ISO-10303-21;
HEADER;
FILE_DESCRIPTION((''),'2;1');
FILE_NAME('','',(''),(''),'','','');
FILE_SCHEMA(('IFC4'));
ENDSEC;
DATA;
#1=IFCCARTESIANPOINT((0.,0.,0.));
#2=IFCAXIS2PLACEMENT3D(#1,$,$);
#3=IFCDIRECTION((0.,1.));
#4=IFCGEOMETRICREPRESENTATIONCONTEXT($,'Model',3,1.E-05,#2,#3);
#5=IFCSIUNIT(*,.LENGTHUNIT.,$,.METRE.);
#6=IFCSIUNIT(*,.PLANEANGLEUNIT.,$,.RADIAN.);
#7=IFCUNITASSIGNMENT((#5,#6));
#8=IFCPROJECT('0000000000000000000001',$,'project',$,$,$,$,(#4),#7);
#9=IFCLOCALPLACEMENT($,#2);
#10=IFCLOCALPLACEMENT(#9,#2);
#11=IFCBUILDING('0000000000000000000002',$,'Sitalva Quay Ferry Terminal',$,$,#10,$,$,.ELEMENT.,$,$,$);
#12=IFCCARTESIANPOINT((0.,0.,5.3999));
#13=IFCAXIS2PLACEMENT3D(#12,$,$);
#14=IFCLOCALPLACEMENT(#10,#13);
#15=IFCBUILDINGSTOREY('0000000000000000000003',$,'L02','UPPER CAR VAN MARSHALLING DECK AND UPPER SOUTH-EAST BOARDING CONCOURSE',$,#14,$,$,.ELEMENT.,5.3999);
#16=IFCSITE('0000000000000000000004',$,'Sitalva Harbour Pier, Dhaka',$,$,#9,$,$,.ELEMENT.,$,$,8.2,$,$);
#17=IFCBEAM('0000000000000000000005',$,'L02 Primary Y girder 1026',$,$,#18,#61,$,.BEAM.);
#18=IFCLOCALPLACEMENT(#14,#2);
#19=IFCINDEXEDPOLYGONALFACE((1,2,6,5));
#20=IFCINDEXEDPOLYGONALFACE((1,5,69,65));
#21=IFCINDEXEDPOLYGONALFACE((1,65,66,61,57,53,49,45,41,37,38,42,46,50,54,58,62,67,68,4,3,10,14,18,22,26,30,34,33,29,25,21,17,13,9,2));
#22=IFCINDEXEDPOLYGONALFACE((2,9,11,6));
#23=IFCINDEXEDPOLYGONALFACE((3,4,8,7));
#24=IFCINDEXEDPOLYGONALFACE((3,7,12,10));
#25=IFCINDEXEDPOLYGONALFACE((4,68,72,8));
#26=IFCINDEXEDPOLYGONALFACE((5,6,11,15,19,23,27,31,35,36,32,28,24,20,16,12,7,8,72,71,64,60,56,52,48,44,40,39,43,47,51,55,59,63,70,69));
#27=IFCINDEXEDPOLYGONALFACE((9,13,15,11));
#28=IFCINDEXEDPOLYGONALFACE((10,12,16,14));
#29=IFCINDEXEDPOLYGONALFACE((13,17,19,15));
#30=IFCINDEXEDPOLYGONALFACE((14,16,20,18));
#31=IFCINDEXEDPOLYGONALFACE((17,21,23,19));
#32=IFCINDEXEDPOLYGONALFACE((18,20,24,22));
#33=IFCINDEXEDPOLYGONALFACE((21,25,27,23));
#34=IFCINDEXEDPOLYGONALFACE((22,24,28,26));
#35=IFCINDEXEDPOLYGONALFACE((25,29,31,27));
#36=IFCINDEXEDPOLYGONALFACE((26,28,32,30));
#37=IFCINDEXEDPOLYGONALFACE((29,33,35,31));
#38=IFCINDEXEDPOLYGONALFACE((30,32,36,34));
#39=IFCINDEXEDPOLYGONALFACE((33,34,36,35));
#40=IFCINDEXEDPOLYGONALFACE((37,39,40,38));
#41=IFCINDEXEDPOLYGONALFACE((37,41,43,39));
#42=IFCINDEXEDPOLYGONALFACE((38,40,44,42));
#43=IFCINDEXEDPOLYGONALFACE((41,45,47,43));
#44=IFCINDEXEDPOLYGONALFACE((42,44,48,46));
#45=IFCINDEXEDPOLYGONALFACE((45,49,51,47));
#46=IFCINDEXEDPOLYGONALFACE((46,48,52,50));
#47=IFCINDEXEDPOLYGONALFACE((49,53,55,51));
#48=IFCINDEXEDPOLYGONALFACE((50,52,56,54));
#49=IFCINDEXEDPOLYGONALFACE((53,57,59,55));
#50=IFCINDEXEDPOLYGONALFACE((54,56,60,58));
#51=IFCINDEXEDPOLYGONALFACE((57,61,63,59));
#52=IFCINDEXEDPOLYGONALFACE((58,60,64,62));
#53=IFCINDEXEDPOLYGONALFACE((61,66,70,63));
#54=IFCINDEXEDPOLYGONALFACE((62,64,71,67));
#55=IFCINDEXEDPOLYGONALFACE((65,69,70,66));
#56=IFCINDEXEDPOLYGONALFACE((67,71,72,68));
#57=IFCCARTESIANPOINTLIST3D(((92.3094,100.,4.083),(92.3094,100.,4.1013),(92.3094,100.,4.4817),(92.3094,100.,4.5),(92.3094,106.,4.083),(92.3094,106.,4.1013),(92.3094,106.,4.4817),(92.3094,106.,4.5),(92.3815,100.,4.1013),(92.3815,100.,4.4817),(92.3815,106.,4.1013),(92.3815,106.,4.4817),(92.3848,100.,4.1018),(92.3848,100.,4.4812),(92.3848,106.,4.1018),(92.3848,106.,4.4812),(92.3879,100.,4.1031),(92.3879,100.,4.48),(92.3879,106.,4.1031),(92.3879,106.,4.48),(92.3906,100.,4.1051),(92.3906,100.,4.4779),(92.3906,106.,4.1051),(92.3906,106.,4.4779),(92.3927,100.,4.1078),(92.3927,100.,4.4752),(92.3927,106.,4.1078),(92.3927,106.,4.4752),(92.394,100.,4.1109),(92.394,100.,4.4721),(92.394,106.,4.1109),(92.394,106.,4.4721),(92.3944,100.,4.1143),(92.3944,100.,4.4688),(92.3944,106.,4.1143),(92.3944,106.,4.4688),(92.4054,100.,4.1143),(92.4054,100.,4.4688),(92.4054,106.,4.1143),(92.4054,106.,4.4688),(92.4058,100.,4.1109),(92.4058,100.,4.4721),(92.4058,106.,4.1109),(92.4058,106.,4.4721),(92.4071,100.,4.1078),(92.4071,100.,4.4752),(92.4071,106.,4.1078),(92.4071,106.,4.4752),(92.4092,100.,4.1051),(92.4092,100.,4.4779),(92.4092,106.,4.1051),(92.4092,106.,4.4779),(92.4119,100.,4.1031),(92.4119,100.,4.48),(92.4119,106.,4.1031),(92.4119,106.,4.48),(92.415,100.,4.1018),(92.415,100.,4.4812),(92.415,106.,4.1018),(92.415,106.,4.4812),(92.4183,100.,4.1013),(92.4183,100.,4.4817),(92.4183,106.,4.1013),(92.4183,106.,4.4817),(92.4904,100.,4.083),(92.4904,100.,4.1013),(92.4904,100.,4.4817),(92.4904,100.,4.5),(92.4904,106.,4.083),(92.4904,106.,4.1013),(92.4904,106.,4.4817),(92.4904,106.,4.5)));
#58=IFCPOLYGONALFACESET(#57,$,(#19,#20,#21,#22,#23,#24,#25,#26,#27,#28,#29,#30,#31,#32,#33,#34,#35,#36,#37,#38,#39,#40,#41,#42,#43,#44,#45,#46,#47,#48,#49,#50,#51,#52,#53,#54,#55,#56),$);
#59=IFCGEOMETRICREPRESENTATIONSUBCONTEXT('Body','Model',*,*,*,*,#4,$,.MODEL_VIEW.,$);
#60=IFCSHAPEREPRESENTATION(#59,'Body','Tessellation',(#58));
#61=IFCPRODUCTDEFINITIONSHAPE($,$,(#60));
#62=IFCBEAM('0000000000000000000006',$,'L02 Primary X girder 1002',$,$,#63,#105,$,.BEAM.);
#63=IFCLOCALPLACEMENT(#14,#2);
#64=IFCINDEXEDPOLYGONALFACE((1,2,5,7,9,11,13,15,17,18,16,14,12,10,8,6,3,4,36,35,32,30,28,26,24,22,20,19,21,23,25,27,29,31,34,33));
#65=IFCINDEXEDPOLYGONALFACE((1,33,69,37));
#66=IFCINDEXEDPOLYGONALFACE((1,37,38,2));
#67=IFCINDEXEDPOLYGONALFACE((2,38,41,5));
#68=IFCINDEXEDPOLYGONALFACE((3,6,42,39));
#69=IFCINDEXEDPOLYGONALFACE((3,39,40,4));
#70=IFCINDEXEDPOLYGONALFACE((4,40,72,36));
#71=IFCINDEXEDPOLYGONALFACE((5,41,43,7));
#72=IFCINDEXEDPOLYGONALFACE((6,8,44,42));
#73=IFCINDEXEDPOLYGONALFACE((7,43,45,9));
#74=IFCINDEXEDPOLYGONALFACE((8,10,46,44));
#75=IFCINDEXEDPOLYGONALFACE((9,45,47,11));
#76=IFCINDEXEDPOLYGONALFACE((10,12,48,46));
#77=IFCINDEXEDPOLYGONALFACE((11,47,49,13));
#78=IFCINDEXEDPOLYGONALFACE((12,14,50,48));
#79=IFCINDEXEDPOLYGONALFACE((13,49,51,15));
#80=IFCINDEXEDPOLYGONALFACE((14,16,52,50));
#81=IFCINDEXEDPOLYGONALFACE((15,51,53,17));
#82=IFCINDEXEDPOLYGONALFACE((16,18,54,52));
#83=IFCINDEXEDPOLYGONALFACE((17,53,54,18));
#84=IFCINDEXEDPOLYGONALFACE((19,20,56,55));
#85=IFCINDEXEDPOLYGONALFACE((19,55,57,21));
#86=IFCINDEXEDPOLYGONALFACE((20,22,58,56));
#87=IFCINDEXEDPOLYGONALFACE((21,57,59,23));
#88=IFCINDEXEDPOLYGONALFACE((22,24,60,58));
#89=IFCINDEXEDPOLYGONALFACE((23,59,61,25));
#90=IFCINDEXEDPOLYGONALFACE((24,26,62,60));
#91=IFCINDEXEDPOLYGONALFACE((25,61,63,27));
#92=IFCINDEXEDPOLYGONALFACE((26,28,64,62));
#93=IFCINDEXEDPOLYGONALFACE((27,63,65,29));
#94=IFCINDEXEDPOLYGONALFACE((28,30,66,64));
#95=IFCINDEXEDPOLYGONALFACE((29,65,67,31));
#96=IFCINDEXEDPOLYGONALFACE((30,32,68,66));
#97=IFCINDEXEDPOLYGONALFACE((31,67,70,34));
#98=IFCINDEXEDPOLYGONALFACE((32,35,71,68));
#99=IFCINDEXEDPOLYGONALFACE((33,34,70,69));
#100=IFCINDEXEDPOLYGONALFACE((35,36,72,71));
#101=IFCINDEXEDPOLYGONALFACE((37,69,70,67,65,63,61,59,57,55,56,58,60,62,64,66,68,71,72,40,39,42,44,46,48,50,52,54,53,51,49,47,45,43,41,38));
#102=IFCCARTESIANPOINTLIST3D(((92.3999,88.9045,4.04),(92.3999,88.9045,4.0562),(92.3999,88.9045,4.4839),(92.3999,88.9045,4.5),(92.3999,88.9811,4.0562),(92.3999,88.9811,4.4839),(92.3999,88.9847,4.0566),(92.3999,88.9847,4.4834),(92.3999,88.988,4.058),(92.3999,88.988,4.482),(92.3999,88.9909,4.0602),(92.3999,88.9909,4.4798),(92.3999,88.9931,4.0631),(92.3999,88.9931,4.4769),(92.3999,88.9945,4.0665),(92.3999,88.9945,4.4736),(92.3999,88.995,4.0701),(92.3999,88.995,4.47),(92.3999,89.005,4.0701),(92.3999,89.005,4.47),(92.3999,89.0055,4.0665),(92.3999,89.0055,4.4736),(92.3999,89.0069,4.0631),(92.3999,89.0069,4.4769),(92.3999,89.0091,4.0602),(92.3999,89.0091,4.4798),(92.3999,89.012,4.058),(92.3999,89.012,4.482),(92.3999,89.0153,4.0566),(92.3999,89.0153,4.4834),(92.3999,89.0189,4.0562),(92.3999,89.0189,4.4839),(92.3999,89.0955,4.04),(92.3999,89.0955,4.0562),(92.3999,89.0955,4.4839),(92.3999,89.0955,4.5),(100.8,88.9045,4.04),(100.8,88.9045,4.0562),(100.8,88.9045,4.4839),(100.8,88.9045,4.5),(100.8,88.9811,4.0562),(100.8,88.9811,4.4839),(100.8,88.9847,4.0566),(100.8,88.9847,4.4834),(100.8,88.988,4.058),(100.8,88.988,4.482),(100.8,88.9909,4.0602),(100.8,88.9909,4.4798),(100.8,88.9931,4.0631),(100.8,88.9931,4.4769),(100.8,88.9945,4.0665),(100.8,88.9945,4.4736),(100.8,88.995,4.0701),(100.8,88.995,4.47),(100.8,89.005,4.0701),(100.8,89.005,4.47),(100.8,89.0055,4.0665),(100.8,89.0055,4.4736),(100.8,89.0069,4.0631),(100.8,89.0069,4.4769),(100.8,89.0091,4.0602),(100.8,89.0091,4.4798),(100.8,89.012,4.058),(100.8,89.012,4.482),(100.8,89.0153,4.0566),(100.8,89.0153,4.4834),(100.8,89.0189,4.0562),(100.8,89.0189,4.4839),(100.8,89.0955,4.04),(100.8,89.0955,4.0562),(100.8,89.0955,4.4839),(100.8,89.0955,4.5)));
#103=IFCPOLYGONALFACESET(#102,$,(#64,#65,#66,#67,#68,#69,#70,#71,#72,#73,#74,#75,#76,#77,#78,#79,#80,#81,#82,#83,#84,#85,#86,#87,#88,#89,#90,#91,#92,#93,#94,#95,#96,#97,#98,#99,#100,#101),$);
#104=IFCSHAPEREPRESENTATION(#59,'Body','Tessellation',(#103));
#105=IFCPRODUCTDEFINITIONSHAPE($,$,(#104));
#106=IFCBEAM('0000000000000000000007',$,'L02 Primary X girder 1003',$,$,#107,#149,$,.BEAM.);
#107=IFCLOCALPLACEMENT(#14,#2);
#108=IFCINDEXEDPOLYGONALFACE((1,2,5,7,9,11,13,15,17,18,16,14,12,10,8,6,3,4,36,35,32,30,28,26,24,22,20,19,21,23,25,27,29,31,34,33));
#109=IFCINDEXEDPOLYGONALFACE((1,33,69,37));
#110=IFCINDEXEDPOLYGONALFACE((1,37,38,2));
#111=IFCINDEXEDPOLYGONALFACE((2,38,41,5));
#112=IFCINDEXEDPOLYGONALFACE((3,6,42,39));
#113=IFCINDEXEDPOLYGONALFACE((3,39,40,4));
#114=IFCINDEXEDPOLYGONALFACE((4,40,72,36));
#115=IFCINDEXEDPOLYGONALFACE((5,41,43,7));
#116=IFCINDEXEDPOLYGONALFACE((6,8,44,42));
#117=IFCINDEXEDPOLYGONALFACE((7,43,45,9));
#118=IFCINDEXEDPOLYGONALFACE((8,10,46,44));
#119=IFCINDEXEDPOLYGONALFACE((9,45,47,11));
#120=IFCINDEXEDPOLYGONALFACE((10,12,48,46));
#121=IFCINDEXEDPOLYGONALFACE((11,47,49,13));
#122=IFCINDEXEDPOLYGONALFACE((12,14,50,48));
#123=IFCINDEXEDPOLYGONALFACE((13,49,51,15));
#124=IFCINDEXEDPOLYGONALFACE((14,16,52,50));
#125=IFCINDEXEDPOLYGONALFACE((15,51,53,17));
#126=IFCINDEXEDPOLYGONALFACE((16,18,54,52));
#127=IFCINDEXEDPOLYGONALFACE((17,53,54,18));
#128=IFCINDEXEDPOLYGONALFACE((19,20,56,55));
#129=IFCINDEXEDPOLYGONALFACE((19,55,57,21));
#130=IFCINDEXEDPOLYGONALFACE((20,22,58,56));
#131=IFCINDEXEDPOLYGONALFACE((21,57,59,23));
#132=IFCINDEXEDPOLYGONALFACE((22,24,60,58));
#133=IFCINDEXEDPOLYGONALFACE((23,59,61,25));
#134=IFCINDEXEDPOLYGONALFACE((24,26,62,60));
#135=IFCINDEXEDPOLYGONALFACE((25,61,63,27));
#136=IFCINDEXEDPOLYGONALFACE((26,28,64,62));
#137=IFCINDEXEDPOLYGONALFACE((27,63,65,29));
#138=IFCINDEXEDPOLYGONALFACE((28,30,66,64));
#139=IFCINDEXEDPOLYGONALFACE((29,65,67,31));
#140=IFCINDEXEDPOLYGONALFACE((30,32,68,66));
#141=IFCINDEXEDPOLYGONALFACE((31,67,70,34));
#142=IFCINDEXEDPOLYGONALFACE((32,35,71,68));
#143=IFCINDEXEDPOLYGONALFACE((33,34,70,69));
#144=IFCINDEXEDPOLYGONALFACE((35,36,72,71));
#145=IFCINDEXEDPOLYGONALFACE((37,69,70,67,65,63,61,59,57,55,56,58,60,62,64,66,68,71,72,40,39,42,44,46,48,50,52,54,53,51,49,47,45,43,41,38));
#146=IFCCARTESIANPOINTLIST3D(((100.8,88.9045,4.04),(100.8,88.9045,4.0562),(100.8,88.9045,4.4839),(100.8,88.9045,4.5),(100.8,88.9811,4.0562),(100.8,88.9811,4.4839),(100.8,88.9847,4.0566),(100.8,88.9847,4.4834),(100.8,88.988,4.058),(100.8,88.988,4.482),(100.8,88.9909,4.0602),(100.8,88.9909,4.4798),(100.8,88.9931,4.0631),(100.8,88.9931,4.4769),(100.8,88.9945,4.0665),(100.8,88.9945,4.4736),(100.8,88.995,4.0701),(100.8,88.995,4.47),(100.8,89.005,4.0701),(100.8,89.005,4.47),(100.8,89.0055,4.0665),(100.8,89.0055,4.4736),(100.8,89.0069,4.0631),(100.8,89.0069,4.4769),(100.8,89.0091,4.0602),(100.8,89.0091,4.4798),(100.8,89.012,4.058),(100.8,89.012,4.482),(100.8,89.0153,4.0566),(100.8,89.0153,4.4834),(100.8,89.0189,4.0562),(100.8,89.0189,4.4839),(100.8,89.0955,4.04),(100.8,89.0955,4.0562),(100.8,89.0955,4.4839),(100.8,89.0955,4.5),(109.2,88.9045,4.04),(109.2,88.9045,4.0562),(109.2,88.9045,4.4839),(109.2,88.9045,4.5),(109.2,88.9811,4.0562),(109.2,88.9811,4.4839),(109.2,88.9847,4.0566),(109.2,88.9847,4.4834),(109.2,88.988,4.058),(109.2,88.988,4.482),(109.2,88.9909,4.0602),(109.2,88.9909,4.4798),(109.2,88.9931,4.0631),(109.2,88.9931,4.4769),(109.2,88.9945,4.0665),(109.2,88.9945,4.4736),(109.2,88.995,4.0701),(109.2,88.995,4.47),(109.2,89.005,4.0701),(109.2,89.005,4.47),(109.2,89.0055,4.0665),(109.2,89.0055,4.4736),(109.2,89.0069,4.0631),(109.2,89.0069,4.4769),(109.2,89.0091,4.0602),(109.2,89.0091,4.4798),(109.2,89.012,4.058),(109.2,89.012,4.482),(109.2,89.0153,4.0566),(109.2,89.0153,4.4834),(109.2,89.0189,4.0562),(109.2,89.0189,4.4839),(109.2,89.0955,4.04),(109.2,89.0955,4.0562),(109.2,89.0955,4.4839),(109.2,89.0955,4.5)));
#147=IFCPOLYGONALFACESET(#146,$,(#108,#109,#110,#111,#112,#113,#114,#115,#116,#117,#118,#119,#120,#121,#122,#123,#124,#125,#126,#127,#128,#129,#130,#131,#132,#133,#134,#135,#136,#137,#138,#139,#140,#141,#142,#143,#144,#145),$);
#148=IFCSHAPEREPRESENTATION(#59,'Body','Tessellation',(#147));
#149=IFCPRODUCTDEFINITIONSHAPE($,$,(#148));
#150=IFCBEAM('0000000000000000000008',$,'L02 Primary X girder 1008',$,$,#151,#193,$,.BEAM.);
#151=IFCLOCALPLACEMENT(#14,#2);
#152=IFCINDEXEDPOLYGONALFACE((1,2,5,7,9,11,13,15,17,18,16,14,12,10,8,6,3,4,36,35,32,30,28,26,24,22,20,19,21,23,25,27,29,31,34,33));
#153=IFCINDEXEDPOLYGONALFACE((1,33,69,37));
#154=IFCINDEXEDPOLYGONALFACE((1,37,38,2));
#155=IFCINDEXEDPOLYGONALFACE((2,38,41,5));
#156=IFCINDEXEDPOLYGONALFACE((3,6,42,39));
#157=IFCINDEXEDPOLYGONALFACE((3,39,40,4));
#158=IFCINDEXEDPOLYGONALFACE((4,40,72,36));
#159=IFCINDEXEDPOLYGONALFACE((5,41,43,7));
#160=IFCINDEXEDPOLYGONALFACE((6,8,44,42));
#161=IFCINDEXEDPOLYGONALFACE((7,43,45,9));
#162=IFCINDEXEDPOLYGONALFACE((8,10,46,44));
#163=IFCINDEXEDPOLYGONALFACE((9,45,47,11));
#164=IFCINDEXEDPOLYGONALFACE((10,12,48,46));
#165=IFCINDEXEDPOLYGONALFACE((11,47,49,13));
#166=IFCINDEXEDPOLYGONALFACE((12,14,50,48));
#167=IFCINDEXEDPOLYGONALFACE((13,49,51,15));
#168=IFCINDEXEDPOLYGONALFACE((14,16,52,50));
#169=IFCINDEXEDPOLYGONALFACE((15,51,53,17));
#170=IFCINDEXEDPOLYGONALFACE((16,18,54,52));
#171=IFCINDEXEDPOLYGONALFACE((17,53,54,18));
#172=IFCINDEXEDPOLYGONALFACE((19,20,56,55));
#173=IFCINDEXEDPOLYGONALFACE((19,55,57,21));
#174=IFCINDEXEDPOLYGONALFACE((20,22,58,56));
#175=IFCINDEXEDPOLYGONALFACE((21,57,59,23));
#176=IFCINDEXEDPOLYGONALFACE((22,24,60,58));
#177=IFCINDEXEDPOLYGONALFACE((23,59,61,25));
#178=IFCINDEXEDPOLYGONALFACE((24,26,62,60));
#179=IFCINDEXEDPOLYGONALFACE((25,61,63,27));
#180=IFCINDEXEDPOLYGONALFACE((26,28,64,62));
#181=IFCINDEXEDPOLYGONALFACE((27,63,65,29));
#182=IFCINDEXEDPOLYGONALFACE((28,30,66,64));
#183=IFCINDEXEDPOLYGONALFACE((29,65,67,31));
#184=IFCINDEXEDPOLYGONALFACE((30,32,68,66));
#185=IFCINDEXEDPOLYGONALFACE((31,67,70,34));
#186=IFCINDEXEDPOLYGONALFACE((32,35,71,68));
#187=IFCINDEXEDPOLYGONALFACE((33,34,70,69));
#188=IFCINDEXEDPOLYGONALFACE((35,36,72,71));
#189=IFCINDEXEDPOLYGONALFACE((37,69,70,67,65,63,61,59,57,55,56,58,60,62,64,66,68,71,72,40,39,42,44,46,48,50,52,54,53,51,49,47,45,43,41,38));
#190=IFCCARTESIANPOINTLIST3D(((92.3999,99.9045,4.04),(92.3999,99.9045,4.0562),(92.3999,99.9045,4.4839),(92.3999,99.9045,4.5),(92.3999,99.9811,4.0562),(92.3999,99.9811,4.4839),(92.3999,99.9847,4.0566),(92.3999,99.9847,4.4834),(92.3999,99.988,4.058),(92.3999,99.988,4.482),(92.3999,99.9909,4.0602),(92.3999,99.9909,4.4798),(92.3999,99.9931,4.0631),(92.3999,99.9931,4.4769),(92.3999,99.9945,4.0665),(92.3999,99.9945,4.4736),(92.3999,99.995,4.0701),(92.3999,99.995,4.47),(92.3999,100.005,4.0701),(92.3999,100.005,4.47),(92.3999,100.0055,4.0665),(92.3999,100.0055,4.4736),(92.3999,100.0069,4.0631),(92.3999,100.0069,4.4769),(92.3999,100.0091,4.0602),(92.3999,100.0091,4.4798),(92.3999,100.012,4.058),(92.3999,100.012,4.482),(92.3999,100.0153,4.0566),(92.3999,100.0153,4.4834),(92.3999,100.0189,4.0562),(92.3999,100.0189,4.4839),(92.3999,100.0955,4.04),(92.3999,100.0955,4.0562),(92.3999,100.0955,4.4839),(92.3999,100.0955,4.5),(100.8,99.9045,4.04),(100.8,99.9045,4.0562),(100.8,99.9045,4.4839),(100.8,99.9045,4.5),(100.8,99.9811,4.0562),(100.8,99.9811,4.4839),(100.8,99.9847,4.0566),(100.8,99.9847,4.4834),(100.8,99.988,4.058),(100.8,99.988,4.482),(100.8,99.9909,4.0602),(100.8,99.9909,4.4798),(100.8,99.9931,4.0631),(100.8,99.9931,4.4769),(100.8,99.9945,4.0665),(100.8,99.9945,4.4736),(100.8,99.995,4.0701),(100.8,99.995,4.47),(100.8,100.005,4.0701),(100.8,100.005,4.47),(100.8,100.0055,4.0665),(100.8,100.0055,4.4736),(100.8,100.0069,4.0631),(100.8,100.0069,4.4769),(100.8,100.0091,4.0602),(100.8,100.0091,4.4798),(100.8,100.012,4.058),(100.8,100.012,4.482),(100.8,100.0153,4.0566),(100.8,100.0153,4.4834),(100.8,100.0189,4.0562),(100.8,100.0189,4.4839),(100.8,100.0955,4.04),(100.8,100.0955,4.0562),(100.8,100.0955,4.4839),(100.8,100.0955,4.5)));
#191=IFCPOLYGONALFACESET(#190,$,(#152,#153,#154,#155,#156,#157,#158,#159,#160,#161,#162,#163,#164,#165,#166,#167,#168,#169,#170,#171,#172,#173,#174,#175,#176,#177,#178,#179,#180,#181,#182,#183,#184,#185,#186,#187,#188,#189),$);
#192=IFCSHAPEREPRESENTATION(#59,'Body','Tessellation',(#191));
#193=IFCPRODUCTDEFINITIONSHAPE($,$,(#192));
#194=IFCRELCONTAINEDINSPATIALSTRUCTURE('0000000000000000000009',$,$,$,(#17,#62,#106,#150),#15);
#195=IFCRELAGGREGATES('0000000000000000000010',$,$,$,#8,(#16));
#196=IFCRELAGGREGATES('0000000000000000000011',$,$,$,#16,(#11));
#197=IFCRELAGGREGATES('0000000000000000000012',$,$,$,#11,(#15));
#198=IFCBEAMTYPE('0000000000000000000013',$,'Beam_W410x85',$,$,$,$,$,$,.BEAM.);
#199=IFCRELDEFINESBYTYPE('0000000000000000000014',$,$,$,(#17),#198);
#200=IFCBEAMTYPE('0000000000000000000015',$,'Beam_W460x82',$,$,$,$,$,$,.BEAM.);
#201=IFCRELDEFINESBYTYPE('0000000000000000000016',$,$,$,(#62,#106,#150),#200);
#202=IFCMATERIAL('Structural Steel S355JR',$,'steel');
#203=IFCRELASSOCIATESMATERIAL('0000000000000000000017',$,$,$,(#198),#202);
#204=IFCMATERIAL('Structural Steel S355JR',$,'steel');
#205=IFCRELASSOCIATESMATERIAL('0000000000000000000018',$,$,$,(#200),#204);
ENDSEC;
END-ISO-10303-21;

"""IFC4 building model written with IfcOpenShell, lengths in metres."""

from ifc_helpers import new_model, si_unit, direction, frame, origin, origin_2d, place, context, subcontext, project, spatial, i_section, extrude, material, material_profile, profile_set, type_object, element, save


model = new_model("IFC4")

# Units and contexts
model_context = context("Model", 3, precision=1e-05, world=origin(), true_north=direction((0.0, 1.0)))
body_context = subcontext(model_context, "Body", "Model", "MODEL_VIEW")
ifc_project = project(units=[si_unit("LENGTHUNIT", "METRE"), si_unit("PLANEANGLEUNIT", "RADIAN")], contexts=[model_context])

# Site, building, storey
site_placement = place(None, origin())
site = spatial("IfcSite", under=ifc_project, at=site_placement, Name="Sitalva Harbour Pier, Dhaka", CompositionType="ELEMENT", RefElevation=8.2)
building_placement = place(site_placement, origin())
building = spatial("IfcBuilding", under=site, at=building_placement, Name="Sitalva Quay Ferry Terminal", CompositionType="ELEMENT")
storey_placement = place(building_placement, frame((0.0, 0.0, 5.3999)))
storey = spatial("IfcBuildingStorey", under=building, at=storey_placement, Name="L02", Description="UPPER CAR VAN MARSHALLING DECK AND UPPER SOUTH-EAST BOARDING CONCOURSE", CompositionType="ELEMENT", Elevation=5.3999)

# Beams
ifc_material_1 = material(Name="Structural Steel S355JR", Category="steel")
ifc_material_profile_1 = material_profile(ifc_material_1, i_section(OverallWidth=0.1809, OverallDepth=0.417, WebThickness=0.011, FlangeThickness=0.0183, FilletRadius=0.0129, at=origin_2d()), Name="W410x85")
ifc_profile_set_1 = profile_set([ifc_material_profile_1], Name="Structural Steel S355JR")
beam_type_1 = type_object("IfcBeamType", Name="Beam_W410x85", PredefinedType="BEAM", material=ifc_profile_set_1)
beam_1_placement = place(storey_placement, frame((92.3999, 100.0, 4.2915), z_axis=(0.0, 1.0, 0.0), x_axis=(-1.0, 0.0, 0.0)))
element("IfcBeam", 1, at=beam_1_placement, inside=storey, type_object=beam_type_1, Name="L02 Primary Y girder 1026", PredefinedType="BEAM", context=body_context, shape_type="SweptSolid", body=[
    extrude(i_section(OverallWidth=0.1809, OverallDepth=0.417, WebThickness=0.011, FlangeThickness=0.0183, FilletRadius=0.0129, at=origin_2d()), origin(), (0.0, 0.0, 1.0), 6.0),
])
ifc_material_2 = material(Name="Structural Steel S355JR", Category="steel")
ifc_material_profile_2 = material_profile(ifc_material_2, i_section(OverallWidth=0.1909, OverallDepth=0.46, WebThickness=0.01, FlangeThickness=0.0161, FilletRadius=0.0139, at=origin_2d()), Name="W460x82")
ifc_profile_set_2 = profile_set([ifc_material_profile_2], Name="Structural Steel S355JR")
beam_type_2 = type_object("IfcBeamType", Name="Beam_W460x82", PredefinedType="BEAM", material=ifc_profile_set_2)
beam_2_placement = place(storey_placement, frame((92.3999, 89.0, 4.27), z_axis=(1.0, 0.0, 0.0), x_axis=(0.0, 1.0, 0.0)))
element("IfcBeam", 2, at=beam_2_placement, inside=storey, type_object=beam_type_2, Name="L02 Primary X girder 1002", PredefinedType="BEAM", context=body_context, shape_type="SweptSolid", body=[
    extrude(i_section(OverallWidth=0.1909, OverallDepth=0.46, WebThickness=0.01, FlangeThickness=0.0161, FilletRadius=0.0139, at=origin_2d()), origin(), (0.0, 0.0, 1.0), 8.4001),
])
beam_3_placement = place(storey_placement, frame((100.8, 89.0, 4.27), z_axis=(1.0, 0.0, 0.0), x_axis=(0.0, 1.0, 0.0)))
element("IfcBeam", 3, at=beam_3_placement, inside=storey, type_object=beam_type_2, Name="L02 Primary X girder 1003", PredefinedType="BEAM", context=body_context, shape_type="SweptSolid", body=[
    extrude(i_section(OverallWidth=0.1909, OverallDepth=0.46, WebThickness=0.01, FlangeThickness=0.0161, FilletRadius=0.0139, at=origin_2d()), origin(), (0.0, 0.0, 1.0), 8.3999),
])
beam_4_placement = place(storey_placement, frame((92.3999, 100.0, 4.27), z_axis=(1.0, 0.0, 0.0), x_axis=(0.0, 1.0, 0.0)))
element("IfcBeam", 4, at=beam_4_placement, inside=storey, type_object=beam_type_2, Name="L02 Primary X girder 1008", PredefinedType="BEAM", context=body_context, shape_type="SweptSolid", body=[
    extrude(i_section(OverallWidth=0.1909, OverallDepth=0.46, WebThickness=0.01, FlangeThickness=0.0161, FilletRadius=0.0139, at=origin_2d()), origin(), (0.0, 0.0, 1.0), 8.4001),
])

save(model, "model.ifc")
